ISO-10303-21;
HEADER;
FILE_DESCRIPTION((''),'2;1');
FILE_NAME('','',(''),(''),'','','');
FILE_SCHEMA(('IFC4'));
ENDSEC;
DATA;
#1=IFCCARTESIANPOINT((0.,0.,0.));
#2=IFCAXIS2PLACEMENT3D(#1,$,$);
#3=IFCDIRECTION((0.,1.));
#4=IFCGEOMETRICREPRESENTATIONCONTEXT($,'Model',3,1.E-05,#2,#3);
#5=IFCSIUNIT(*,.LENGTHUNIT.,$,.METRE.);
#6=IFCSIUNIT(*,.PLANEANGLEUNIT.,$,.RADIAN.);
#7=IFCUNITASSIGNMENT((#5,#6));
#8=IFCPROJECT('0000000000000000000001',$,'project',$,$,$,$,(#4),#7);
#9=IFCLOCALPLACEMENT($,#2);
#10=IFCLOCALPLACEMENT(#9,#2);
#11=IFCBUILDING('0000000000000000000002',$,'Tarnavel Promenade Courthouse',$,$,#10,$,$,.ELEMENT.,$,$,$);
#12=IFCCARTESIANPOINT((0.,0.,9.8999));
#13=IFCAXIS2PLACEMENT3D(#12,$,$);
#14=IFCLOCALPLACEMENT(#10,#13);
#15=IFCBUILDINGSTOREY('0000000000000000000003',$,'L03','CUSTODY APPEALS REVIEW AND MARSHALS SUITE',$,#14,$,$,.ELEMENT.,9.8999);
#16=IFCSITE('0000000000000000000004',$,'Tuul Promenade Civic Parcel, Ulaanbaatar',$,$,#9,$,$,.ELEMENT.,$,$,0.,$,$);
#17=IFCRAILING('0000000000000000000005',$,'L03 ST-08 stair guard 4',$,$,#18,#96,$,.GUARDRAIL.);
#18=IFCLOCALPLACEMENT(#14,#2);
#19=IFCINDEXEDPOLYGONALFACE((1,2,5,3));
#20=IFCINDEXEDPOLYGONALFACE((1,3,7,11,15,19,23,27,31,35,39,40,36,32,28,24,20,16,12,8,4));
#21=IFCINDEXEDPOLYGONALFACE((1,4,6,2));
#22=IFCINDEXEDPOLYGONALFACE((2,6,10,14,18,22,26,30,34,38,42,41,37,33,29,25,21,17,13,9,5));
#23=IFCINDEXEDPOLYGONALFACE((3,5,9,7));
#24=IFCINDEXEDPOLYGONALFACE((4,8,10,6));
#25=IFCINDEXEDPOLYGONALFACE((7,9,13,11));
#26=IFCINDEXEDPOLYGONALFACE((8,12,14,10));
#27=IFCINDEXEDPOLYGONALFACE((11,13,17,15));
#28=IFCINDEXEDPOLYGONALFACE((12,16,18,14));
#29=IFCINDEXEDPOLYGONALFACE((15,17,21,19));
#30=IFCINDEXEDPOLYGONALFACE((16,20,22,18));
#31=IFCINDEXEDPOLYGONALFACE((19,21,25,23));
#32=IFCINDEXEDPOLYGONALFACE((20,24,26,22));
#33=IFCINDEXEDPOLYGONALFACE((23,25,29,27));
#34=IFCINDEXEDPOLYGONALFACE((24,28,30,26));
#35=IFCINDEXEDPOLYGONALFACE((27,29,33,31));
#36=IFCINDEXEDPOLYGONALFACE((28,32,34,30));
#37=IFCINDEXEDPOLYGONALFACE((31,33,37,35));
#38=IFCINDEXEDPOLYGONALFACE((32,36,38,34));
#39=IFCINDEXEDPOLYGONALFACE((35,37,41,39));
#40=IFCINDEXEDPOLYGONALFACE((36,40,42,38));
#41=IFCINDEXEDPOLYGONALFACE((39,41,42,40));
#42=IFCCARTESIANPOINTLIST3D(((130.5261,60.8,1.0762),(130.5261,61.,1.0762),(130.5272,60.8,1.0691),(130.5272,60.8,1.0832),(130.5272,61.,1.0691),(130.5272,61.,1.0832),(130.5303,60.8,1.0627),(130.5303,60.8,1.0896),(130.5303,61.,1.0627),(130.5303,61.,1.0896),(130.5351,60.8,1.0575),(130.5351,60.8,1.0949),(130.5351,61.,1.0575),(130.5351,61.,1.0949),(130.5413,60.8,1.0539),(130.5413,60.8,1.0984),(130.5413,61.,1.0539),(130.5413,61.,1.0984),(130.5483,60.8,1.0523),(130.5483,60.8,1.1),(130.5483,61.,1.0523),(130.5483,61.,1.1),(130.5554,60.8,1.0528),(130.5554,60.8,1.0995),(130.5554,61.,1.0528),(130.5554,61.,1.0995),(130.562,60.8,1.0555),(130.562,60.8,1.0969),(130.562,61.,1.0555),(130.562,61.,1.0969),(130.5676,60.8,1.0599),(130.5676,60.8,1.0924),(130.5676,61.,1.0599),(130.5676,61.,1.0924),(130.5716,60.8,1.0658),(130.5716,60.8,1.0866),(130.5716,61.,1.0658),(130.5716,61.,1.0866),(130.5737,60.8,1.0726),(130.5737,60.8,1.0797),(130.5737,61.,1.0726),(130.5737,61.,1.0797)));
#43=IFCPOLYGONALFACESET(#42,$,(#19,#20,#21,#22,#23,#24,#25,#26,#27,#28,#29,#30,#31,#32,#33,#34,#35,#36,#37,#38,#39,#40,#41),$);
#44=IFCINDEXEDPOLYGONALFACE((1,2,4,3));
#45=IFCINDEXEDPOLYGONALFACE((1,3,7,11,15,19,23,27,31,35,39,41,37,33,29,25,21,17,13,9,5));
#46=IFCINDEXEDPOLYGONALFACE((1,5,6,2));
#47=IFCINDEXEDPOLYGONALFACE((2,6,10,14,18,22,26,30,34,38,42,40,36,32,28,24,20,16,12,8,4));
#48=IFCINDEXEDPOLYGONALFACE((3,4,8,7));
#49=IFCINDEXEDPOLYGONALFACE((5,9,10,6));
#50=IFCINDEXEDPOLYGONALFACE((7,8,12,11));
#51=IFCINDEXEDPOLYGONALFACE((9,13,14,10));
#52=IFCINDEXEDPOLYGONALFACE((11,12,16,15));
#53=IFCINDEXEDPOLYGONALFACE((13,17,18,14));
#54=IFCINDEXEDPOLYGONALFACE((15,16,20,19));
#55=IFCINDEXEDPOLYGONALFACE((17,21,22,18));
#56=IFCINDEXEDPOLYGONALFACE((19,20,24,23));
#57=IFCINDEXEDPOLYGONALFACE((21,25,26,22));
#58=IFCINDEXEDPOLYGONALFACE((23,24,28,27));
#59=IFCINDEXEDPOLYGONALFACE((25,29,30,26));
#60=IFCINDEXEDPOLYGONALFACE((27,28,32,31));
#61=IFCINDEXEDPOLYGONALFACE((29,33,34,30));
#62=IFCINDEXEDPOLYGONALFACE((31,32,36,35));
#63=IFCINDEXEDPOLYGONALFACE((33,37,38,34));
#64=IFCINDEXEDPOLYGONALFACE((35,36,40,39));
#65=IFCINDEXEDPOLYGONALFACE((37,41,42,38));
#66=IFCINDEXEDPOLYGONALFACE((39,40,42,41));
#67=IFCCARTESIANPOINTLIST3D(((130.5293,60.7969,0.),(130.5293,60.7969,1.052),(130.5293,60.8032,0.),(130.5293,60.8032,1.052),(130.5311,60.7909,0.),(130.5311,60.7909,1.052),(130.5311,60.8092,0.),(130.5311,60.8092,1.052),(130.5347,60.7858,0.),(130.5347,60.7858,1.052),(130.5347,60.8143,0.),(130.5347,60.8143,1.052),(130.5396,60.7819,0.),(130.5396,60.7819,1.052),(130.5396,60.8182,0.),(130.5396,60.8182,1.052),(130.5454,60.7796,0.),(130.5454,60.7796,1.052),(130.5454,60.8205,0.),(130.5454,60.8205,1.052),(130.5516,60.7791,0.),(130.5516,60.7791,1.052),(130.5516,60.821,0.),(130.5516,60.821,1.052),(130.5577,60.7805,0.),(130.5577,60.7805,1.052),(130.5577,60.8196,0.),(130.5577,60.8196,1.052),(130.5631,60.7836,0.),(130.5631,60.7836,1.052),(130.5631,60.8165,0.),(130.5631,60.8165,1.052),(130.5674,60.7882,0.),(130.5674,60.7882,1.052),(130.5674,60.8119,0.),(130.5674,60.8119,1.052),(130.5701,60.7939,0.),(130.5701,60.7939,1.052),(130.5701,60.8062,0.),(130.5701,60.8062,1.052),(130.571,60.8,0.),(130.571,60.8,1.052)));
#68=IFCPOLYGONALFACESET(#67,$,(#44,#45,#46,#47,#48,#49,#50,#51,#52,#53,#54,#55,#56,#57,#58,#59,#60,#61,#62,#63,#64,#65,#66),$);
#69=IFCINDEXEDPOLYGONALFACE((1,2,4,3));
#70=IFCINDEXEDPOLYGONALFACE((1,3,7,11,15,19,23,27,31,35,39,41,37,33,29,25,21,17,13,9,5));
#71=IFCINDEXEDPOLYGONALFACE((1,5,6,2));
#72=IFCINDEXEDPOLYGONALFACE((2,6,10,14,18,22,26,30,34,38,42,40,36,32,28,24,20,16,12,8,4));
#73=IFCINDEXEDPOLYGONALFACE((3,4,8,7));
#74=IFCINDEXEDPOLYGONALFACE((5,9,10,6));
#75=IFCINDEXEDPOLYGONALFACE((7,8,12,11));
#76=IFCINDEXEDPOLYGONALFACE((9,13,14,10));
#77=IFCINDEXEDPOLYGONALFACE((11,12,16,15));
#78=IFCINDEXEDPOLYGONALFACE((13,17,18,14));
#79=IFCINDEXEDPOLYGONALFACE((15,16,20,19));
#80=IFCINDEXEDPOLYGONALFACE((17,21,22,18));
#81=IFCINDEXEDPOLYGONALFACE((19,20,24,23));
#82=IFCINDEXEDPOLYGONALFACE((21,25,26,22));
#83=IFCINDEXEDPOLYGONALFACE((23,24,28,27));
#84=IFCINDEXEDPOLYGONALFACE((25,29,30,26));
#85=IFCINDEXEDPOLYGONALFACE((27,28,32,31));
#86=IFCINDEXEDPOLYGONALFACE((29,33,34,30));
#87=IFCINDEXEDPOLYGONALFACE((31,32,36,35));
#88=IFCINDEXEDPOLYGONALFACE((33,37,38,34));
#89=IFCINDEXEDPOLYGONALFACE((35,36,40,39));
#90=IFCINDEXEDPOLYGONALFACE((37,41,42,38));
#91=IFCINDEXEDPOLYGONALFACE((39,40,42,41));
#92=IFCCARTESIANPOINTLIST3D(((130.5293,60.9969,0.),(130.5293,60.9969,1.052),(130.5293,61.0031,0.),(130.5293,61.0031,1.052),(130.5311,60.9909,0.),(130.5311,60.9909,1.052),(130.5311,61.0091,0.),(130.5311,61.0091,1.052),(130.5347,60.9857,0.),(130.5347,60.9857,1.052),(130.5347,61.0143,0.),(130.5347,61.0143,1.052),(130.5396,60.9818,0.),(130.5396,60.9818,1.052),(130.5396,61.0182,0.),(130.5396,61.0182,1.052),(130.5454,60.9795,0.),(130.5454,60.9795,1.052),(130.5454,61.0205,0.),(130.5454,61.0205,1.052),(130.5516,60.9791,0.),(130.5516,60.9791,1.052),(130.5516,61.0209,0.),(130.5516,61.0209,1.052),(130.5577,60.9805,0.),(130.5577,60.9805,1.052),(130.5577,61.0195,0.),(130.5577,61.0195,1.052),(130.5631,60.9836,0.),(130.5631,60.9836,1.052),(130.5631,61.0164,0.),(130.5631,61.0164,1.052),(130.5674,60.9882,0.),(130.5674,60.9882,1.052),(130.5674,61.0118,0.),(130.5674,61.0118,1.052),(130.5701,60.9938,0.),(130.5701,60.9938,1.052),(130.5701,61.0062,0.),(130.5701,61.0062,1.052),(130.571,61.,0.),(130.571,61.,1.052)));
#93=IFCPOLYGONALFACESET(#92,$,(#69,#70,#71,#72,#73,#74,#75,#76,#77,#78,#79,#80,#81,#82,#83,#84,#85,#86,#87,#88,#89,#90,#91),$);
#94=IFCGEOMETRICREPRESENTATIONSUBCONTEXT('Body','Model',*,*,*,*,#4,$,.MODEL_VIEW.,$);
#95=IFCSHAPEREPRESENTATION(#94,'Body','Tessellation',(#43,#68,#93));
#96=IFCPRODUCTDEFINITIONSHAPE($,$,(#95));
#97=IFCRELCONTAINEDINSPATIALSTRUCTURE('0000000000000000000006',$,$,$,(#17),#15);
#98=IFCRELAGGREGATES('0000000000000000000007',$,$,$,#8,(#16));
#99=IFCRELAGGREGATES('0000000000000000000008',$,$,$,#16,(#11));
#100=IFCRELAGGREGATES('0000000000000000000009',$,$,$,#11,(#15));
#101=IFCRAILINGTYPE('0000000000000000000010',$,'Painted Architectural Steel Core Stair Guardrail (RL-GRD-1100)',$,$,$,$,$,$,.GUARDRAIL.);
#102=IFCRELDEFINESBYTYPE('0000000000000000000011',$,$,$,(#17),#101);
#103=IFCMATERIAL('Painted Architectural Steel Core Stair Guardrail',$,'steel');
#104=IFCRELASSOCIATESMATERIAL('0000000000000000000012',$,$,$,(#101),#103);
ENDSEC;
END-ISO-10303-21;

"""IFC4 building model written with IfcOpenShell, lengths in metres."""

from ifc_helpers import new_model, si_unit, direction, frame, origin, origin_2d, place, context, subcontext, project, spatial, circle, extrude, material, type_object, element, save


model = new_model("IFC4")

# Units and contexts
model_context = context("Model", 3, precision=1e-05, world=origin(), true_north=direction((0.0, 1.0)))
body_context = subcontext(model_context, "Body", "Model", "MODEL_VIEW")
ifc_project = project(units=[si_unit("LENGTHUNIT", "METRE"), si_unit("PLANEANGLEUNIT", "RADIAN")], contexts=[model_context])

# Site, building, storey
site_placement = place(None, origin())
site = spatial("IfcSite", under=ifc_project, at=site_placement, Name="Tuul Promenade Civic Parcel, Ulaanbaatar", CompositionType="ELEMENT", RefElevation=0.0)
building_placement = place(site_placement, origin())
building = spatial("IfcBuilding", under=site, at=building_placement, Name="Tarnavel Promenade Courthouse", CompositionType="ELEMENT")
storey_placement = place(building_placement, frame((0.0, 0.0, 9.8999)))
storey = spatial("IfcBuildingStorey", under=building, at=storey_placement, Name="L03", Description="CUSTODY APPEALS REVIEW AND MARSHALS SUITE", CompositionType="ELEMENT", Elevation=9.8999)

# Railing
ifc_material_1 = material(Name="Painted Architectural Steel Core Stair Guardrail", Category="steel")
railing_type_1 = type_object("IfcRailingType", Name="Painted Architectural Steel Core Stair Guardrail (RL-GRD-1100)", PredefinedType="GUARDRAIL", material=ifc_material_1)
railing_1_placement = place(storey_placement, frame((130.55, 60.8, 0.0)))
element("IfcRailing", 1, at=railing_1_placement, inside=storey, type_object=railing_type_1, Name="L03 ST-08 stair guard 4", PredefinedType="GUARDRAIL", context=body_context, shape_type="SweptSolid", body=[
    extrude(circle(Radius=0.0239, at=origin_2d()), frame((0.0, 0.0, 1.0762), z_axis=(0.0, 1.0, 0.0), x_axis=(-1.0, 0.0, 0.0)), (0.0, 0.0, 1.0), 0.2),
    extrude(circle(Radius=0.021, at=origin_2d()), origin(), (0.0, 0.0, 1.0), 1.052),
    extrude(circle(Radius=0.021, at=origin_2d()), frame((0.0, 0.2, 0.0)), (0.0, 0.0, 1.0), 1.052),
])

save(model, "model.ifc")
